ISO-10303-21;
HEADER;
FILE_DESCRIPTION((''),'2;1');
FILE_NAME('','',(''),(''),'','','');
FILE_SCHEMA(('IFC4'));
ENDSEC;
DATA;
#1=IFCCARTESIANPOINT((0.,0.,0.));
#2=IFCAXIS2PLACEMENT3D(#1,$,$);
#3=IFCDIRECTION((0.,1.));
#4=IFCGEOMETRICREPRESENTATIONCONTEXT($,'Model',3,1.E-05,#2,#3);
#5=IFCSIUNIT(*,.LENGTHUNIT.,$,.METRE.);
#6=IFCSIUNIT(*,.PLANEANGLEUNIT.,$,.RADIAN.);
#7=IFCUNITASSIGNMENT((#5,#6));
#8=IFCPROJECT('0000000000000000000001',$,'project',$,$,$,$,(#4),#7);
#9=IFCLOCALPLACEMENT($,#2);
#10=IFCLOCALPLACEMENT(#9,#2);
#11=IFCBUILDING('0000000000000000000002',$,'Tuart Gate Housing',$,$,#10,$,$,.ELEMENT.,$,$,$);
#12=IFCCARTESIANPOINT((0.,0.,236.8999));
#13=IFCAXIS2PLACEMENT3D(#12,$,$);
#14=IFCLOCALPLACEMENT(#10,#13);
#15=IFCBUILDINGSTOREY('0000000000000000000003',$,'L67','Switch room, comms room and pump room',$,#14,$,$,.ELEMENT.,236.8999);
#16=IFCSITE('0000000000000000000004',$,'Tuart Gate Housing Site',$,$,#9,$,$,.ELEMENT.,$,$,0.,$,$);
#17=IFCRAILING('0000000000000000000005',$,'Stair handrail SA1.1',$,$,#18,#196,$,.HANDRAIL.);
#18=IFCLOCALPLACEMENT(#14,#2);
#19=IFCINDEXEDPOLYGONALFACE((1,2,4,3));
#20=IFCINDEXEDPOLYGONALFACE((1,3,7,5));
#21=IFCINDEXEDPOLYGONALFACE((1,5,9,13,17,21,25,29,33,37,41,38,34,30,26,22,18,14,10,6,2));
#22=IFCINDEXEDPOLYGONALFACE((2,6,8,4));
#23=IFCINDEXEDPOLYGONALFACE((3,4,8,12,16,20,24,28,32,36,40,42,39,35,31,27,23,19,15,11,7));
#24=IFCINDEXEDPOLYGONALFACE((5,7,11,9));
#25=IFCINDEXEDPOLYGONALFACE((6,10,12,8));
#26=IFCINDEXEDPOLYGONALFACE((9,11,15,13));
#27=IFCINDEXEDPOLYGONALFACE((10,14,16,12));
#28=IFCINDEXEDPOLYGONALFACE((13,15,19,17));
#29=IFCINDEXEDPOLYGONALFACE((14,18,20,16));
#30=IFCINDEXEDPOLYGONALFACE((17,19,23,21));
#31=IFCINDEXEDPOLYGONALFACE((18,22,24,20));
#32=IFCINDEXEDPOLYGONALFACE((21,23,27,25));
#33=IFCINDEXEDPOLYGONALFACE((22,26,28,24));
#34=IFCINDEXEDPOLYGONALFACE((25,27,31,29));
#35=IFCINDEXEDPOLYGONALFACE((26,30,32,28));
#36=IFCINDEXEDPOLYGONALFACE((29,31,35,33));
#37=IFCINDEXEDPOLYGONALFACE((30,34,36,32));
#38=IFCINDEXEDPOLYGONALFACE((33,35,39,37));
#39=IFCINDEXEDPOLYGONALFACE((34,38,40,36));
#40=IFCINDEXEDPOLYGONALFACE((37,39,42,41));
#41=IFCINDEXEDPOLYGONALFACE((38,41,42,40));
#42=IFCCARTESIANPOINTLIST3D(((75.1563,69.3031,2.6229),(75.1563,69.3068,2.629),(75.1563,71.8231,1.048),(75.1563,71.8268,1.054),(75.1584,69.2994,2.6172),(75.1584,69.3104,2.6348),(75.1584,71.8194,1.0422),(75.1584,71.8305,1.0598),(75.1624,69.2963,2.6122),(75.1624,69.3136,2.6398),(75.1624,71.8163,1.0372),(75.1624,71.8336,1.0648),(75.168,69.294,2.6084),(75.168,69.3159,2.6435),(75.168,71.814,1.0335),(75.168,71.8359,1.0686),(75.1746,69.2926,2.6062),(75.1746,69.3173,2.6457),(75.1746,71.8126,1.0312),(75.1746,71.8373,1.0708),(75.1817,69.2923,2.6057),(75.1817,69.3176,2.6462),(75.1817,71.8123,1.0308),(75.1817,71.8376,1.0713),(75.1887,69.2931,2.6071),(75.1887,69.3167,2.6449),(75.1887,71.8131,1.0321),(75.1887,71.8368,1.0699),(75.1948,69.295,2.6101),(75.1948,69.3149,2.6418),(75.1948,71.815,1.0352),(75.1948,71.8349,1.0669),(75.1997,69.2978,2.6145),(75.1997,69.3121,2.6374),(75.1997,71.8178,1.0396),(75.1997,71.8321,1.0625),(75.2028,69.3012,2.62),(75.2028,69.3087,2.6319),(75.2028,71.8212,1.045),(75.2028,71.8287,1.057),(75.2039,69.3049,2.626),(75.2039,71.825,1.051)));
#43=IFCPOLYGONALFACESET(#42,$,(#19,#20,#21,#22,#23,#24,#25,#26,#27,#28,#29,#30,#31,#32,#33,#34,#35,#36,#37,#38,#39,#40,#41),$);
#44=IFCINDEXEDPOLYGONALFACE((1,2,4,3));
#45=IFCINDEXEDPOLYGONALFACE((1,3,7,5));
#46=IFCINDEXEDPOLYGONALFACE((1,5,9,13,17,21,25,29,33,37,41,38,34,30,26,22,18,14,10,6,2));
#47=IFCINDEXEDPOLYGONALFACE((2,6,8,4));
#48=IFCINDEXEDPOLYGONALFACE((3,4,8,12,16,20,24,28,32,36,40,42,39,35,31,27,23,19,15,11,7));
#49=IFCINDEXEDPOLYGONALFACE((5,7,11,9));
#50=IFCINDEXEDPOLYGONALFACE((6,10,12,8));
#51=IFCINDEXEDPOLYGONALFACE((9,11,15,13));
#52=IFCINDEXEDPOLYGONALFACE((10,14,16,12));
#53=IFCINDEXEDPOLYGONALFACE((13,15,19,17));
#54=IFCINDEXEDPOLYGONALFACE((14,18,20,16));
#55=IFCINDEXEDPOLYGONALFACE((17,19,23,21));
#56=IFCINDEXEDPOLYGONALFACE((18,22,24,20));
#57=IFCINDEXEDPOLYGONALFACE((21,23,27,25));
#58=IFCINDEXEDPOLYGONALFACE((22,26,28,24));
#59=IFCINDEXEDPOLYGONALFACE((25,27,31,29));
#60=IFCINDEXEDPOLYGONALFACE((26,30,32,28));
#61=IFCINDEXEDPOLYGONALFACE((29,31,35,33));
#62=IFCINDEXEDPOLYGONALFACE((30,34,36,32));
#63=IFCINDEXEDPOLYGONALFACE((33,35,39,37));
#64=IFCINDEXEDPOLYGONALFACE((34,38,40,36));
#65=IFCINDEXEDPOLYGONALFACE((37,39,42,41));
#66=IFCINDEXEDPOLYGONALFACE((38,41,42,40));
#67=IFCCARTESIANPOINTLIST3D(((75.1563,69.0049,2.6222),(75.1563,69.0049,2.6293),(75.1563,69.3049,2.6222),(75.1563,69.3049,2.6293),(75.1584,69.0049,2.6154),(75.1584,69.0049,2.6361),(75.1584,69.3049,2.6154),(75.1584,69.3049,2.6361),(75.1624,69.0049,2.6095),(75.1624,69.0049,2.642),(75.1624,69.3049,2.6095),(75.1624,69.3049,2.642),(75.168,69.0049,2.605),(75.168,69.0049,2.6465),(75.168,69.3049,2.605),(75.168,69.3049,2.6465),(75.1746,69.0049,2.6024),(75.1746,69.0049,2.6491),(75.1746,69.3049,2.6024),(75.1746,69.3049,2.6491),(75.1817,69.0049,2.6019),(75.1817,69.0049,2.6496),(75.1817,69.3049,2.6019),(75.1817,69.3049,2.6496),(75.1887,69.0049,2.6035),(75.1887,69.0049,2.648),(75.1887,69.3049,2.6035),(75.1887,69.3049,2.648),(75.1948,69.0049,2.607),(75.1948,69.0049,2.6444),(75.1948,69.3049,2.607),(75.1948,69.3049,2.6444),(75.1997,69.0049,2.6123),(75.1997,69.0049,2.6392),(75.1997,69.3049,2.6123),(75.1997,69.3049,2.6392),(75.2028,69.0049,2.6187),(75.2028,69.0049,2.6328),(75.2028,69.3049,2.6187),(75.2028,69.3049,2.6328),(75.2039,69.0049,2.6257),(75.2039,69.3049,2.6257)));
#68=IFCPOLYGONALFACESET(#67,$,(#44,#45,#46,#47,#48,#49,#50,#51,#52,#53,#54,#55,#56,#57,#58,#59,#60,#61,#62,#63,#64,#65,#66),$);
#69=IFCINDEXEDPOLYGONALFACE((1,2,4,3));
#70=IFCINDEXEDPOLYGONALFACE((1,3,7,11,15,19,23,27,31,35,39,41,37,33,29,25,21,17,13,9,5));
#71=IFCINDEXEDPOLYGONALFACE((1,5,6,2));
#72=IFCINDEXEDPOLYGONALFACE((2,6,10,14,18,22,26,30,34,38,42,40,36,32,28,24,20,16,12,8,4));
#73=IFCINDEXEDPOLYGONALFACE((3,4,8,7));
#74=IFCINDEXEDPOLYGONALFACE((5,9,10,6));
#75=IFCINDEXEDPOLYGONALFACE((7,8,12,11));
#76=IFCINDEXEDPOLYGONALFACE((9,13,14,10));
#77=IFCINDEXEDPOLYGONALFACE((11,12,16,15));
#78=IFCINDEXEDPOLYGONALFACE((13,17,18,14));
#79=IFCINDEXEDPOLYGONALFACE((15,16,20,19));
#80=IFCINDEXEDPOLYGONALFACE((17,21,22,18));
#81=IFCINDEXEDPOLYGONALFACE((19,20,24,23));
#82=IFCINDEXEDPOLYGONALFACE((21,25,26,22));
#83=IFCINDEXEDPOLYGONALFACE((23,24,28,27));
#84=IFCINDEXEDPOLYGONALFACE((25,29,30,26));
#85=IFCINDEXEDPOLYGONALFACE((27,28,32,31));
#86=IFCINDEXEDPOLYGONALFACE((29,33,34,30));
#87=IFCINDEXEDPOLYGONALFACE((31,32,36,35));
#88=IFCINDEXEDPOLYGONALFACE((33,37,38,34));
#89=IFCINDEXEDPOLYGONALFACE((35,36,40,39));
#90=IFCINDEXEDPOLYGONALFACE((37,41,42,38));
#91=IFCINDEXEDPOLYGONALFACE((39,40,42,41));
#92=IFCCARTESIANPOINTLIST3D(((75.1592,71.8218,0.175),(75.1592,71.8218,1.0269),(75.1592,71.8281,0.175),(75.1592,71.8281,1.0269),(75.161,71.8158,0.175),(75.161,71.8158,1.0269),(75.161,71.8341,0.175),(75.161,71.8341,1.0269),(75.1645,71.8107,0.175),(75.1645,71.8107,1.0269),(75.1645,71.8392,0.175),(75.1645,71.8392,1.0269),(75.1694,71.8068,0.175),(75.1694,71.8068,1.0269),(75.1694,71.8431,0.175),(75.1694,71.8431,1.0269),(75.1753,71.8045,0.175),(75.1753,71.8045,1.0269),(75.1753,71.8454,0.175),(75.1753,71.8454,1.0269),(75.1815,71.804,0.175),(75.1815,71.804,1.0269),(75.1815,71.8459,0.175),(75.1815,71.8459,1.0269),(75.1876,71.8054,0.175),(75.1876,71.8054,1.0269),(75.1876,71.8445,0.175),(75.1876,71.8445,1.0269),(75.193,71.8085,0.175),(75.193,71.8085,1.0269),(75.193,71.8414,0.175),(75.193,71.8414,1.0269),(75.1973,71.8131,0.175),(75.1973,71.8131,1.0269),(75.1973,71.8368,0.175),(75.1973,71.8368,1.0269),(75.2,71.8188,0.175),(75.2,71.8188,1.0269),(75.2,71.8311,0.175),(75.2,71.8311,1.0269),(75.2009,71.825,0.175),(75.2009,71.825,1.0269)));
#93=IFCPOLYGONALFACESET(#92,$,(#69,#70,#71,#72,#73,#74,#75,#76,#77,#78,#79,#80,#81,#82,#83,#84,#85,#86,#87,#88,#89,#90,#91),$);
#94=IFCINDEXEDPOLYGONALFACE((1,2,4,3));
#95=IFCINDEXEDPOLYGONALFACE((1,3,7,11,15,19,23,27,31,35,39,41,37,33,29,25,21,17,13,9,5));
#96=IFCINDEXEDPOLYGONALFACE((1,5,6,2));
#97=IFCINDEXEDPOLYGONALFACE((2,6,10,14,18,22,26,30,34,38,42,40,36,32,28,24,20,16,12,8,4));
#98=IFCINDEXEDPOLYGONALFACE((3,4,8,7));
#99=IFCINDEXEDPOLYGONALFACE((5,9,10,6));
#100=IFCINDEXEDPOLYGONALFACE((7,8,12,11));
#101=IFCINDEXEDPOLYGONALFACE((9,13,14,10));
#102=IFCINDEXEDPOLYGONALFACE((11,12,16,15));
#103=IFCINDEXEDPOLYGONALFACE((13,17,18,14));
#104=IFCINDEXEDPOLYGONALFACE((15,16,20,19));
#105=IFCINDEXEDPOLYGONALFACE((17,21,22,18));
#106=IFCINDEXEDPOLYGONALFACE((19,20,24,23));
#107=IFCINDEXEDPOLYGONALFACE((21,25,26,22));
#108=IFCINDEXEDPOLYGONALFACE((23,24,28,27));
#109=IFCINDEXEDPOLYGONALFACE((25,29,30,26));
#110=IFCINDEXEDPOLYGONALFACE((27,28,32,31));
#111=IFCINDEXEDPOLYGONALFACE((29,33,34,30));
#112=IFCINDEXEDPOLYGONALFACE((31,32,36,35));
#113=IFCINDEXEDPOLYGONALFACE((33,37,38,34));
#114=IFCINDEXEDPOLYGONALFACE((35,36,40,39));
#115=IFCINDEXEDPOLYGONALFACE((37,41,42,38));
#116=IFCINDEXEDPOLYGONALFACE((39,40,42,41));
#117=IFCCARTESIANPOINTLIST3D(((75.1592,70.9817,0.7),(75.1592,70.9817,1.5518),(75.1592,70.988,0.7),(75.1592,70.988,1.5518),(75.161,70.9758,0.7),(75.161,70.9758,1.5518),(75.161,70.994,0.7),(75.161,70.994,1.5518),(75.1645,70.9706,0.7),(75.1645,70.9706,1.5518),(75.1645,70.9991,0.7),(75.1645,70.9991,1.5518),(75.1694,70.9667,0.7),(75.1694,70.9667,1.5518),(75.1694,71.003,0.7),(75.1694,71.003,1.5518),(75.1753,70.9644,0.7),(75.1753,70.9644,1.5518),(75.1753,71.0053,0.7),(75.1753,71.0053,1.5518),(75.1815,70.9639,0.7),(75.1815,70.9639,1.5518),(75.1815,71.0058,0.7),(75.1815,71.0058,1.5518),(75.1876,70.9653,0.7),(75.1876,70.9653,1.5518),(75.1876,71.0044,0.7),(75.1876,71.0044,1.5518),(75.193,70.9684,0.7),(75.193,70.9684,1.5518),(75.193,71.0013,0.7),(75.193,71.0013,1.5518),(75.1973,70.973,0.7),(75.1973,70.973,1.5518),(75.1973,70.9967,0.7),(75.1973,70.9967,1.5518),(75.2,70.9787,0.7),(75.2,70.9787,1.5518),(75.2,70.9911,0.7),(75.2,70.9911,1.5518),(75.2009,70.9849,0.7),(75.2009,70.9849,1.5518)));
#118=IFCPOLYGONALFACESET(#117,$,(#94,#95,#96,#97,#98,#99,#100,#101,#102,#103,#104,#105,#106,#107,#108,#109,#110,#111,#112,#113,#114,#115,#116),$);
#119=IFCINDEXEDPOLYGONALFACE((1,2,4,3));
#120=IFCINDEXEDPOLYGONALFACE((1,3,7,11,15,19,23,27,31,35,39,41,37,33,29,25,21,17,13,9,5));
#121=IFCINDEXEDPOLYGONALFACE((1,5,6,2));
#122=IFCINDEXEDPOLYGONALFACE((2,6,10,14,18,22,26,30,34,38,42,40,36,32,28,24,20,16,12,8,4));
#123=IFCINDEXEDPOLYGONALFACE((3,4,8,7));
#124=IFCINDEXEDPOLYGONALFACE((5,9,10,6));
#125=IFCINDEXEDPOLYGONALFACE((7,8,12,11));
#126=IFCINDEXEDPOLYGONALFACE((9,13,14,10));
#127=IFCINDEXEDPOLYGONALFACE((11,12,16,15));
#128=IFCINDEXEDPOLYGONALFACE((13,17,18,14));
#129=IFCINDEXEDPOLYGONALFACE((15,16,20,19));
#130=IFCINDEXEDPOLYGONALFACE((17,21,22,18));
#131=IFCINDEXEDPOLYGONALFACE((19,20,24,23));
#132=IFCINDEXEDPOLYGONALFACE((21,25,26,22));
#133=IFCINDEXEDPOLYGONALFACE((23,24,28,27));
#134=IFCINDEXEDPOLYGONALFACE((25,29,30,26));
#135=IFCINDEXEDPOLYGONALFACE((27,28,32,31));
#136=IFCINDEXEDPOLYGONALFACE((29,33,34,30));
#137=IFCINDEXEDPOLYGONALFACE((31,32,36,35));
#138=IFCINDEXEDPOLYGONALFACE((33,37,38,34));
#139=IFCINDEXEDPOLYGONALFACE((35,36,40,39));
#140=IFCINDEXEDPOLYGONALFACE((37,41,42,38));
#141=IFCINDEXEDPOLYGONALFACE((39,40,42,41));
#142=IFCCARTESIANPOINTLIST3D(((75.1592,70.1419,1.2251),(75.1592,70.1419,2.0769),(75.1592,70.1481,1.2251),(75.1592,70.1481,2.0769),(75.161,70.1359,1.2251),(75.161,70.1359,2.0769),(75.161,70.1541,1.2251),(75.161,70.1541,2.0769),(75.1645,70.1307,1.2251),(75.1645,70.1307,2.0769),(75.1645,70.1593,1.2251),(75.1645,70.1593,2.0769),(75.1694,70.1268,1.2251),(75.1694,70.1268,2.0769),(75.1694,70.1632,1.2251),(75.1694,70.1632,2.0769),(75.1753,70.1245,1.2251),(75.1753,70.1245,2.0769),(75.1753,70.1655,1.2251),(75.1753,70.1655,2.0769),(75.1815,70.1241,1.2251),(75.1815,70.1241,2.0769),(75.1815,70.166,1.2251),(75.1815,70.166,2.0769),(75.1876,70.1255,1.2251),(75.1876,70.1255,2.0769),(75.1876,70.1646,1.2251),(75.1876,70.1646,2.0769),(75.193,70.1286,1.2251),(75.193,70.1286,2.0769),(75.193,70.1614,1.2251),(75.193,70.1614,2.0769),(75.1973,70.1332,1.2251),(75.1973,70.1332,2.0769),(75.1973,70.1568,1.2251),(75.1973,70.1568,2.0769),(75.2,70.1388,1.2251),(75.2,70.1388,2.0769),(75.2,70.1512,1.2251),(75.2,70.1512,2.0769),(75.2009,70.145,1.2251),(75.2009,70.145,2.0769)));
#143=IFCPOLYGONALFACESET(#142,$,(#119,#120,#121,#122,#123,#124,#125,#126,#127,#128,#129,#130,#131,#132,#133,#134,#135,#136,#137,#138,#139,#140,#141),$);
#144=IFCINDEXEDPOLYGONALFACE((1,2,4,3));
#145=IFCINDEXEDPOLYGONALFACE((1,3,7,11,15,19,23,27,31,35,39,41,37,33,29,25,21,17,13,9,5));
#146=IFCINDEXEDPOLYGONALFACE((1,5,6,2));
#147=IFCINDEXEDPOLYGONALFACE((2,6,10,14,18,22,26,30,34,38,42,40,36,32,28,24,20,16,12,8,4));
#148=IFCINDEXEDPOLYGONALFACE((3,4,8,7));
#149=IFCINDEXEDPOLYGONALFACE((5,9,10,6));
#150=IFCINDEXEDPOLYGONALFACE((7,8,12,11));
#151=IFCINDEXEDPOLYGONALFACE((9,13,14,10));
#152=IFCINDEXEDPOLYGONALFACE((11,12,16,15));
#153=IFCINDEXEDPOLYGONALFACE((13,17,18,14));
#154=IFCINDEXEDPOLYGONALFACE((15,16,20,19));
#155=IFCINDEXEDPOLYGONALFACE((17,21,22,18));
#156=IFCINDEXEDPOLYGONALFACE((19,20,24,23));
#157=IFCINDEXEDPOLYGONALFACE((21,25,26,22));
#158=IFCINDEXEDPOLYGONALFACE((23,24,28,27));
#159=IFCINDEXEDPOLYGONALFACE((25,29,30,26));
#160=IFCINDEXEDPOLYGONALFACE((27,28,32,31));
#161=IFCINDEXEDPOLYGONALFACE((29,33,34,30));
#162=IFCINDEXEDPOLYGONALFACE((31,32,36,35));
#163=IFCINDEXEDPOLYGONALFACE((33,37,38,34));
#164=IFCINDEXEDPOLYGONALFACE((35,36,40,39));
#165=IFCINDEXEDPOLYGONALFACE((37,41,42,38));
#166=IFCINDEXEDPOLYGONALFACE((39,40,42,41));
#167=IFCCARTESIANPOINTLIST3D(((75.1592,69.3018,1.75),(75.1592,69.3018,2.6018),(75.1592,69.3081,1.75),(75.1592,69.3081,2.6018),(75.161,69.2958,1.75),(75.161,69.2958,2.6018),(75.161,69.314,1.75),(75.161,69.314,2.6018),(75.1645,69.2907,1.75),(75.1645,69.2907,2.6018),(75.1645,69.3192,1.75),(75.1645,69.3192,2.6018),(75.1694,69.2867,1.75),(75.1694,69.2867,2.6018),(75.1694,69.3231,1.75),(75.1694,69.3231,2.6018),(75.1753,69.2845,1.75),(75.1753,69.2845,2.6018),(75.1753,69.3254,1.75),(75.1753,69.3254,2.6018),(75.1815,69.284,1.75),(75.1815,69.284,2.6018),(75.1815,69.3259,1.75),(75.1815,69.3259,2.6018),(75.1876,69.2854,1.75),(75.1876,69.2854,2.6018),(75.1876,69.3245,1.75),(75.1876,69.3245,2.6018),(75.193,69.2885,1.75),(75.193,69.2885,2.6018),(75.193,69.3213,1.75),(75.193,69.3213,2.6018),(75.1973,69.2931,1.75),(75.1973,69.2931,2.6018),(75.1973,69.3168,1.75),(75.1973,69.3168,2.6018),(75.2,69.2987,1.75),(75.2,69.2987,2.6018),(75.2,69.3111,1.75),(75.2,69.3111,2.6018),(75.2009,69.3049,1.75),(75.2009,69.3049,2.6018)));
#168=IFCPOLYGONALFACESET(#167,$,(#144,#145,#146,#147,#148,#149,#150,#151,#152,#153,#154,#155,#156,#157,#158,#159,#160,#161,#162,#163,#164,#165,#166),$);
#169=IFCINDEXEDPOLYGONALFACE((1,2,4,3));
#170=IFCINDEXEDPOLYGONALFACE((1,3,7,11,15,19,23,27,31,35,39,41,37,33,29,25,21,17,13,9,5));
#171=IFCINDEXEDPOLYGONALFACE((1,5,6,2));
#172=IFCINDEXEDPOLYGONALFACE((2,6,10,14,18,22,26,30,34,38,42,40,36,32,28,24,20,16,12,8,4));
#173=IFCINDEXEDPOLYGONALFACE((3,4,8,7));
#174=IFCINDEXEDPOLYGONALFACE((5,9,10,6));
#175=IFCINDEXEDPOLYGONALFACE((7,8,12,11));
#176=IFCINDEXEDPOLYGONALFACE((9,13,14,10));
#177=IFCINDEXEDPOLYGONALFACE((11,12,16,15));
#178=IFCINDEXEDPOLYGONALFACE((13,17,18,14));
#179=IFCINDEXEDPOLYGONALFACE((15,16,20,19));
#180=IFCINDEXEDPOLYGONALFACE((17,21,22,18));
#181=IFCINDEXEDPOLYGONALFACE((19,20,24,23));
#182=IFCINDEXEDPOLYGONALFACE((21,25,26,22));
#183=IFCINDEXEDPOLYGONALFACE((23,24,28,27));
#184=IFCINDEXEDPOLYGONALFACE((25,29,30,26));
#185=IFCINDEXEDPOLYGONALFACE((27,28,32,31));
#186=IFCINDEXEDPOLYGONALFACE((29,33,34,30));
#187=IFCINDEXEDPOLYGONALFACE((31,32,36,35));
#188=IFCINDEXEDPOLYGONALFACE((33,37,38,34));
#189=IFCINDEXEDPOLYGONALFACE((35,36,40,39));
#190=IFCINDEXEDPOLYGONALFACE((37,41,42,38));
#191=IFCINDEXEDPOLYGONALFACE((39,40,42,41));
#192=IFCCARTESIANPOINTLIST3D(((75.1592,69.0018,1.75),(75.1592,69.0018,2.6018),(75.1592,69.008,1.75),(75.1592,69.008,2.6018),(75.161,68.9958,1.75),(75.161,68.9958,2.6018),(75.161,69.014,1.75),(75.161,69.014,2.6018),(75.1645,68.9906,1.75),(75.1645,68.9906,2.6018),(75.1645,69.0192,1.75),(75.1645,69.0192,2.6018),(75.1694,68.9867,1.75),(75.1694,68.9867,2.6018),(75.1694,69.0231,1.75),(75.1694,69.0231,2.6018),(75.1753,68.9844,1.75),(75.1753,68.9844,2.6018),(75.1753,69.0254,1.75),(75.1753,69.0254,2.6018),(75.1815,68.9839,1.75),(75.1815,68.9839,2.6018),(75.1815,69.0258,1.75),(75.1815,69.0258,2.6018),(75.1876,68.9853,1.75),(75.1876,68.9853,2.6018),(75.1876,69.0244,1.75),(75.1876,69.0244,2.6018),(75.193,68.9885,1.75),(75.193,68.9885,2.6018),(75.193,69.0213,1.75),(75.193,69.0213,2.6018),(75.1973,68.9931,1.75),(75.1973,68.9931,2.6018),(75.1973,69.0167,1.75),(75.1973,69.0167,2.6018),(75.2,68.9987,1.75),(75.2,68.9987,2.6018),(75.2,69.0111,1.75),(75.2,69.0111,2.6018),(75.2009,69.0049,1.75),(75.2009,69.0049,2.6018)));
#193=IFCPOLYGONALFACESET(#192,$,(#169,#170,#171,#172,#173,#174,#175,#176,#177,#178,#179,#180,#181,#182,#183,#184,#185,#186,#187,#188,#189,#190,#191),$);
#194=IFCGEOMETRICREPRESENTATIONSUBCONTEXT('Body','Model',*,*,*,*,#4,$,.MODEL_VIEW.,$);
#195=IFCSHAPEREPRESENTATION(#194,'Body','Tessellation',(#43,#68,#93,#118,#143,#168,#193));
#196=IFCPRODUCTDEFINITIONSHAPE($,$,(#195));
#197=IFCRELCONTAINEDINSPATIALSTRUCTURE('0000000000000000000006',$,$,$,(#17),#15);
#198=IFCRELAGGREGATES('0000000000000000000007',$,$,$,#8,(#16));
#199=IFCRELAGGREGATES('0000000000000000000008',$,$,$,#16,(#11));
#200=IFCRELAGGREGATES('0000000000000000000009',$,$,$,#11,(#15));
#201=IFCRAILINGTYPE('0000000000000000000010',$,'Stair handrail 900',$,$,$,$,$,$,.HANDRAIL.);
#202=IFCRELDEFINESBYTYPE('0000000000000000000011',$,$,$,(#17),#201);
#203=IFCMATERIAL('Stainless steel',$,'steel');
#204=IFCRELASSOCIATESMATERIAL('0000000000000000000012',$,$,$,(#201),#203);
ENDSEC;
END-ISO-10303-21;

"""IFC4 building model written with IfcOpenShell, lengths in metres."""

from ifc_helpers import new_model, si_unit, direction, frame, origin, origin_2d, place, context, subcontext, project, spatial, circle, extrude, material, type_object, element, save


model = new_model("IFC4")

# Units and contexts
model_context = context("Model", 3, precision=1e-05, world=origin(), true_north=direction((0.0, 1.0)))
body_context = subcontext(model_context, "Body", "Model", "MODEL_VIEW")
ifc_project = project(units=[si_unit("LENGTHUNIT", "METRE"), si_unit("PLANEANGLEUNIT", "RADIAN")], contexts=[model_context])

# Site, building, storey
site_placement = place(None, origin())
site = spatial("IfcSite", under=ifc_project, at=site_placement, Name="Tuart Gate Housing Site", CompositionType="ELEMENT", RefElevation=0.0)
building_placement = place(site_placement, origin())
building = spatial("IfcBuilding", under=site, at=building_placement, Name="Tuart Gate Housing", CompositionType="ELEMENT")
storey_placement = place(building_placement, frame((0.0, 0.0, 236.8999)))
storey = spatial("IfcBuildingStorey", under=building, at=storey_placement, Name="L67", Description="Switch room, comms room and pump room", CompositionType="ELEMENT", Elevation=236.8999)

# Railing
ifc_material_1 = material(Name="Stainless steel", Category="steel")
railing_type = type_object("IfcRailingType", Name="Stair handrail 900", PredefinedType="HANDRAIL", material=ifc_material_1)
railing_placement = place(storey_placement, frame((75.1799, 71.825, 0.175)))
element("IfcRailing", 1, at=railing_placement, inside=storey, type_object=railing_type, Name="Stair handrail SA1.1", PredefinedType="HANDRAIL", context=body_context, shape_type="SweptSolid", body=[
    extrude(circle(Radius=0.0239, at=origin_2d()), frame((0.0, 0.0, 0.876), z_axis=(0.0, -0.848008, 0.529984), x_axis=(1.0, 0.0, 0.0)), (0.0, 0.0, 1.0), 2.9717),
    extrude(circle(Radius=0.0239, at=origin_2d()), frame((0.0, -2.52, 2.4507), z_axis=(0.0, -1.0, 0.0), x_axis=(1.0, 0.0, 0.0)), (0.0, 0.0, 1.0), 0.3),
    extrude(circle(Radius=0.021, at=origin_2d()), origin(), (0.0, 0.0, 1.0), 0.8518),
    extrude(circle(Radius=0.021, at=origin_2d()), frame((0.0, -0.8401, 0.5249)), (0.0, 0.0, 1.0), 0.8518),
    extrude(circle(Radius=0.021, at=origin_2d()), frame((0.0, -1.6799, 1.05)), (0.0, 0.0, 1.0), 0.8518),
    extrude(circle(Radius=0.021, at=origin_2d()), frame((0.0, -2.52, 1.575)), (0.0, 0.0, 1.0), 0.8518),
    extrude(circle(Radius=0.021, at=origin_2d()), frame((0.0, -2.8201, 1.575)), (0.0, 0.0, 1.0), 0.8518),
])

save(model, "model.ifc")
